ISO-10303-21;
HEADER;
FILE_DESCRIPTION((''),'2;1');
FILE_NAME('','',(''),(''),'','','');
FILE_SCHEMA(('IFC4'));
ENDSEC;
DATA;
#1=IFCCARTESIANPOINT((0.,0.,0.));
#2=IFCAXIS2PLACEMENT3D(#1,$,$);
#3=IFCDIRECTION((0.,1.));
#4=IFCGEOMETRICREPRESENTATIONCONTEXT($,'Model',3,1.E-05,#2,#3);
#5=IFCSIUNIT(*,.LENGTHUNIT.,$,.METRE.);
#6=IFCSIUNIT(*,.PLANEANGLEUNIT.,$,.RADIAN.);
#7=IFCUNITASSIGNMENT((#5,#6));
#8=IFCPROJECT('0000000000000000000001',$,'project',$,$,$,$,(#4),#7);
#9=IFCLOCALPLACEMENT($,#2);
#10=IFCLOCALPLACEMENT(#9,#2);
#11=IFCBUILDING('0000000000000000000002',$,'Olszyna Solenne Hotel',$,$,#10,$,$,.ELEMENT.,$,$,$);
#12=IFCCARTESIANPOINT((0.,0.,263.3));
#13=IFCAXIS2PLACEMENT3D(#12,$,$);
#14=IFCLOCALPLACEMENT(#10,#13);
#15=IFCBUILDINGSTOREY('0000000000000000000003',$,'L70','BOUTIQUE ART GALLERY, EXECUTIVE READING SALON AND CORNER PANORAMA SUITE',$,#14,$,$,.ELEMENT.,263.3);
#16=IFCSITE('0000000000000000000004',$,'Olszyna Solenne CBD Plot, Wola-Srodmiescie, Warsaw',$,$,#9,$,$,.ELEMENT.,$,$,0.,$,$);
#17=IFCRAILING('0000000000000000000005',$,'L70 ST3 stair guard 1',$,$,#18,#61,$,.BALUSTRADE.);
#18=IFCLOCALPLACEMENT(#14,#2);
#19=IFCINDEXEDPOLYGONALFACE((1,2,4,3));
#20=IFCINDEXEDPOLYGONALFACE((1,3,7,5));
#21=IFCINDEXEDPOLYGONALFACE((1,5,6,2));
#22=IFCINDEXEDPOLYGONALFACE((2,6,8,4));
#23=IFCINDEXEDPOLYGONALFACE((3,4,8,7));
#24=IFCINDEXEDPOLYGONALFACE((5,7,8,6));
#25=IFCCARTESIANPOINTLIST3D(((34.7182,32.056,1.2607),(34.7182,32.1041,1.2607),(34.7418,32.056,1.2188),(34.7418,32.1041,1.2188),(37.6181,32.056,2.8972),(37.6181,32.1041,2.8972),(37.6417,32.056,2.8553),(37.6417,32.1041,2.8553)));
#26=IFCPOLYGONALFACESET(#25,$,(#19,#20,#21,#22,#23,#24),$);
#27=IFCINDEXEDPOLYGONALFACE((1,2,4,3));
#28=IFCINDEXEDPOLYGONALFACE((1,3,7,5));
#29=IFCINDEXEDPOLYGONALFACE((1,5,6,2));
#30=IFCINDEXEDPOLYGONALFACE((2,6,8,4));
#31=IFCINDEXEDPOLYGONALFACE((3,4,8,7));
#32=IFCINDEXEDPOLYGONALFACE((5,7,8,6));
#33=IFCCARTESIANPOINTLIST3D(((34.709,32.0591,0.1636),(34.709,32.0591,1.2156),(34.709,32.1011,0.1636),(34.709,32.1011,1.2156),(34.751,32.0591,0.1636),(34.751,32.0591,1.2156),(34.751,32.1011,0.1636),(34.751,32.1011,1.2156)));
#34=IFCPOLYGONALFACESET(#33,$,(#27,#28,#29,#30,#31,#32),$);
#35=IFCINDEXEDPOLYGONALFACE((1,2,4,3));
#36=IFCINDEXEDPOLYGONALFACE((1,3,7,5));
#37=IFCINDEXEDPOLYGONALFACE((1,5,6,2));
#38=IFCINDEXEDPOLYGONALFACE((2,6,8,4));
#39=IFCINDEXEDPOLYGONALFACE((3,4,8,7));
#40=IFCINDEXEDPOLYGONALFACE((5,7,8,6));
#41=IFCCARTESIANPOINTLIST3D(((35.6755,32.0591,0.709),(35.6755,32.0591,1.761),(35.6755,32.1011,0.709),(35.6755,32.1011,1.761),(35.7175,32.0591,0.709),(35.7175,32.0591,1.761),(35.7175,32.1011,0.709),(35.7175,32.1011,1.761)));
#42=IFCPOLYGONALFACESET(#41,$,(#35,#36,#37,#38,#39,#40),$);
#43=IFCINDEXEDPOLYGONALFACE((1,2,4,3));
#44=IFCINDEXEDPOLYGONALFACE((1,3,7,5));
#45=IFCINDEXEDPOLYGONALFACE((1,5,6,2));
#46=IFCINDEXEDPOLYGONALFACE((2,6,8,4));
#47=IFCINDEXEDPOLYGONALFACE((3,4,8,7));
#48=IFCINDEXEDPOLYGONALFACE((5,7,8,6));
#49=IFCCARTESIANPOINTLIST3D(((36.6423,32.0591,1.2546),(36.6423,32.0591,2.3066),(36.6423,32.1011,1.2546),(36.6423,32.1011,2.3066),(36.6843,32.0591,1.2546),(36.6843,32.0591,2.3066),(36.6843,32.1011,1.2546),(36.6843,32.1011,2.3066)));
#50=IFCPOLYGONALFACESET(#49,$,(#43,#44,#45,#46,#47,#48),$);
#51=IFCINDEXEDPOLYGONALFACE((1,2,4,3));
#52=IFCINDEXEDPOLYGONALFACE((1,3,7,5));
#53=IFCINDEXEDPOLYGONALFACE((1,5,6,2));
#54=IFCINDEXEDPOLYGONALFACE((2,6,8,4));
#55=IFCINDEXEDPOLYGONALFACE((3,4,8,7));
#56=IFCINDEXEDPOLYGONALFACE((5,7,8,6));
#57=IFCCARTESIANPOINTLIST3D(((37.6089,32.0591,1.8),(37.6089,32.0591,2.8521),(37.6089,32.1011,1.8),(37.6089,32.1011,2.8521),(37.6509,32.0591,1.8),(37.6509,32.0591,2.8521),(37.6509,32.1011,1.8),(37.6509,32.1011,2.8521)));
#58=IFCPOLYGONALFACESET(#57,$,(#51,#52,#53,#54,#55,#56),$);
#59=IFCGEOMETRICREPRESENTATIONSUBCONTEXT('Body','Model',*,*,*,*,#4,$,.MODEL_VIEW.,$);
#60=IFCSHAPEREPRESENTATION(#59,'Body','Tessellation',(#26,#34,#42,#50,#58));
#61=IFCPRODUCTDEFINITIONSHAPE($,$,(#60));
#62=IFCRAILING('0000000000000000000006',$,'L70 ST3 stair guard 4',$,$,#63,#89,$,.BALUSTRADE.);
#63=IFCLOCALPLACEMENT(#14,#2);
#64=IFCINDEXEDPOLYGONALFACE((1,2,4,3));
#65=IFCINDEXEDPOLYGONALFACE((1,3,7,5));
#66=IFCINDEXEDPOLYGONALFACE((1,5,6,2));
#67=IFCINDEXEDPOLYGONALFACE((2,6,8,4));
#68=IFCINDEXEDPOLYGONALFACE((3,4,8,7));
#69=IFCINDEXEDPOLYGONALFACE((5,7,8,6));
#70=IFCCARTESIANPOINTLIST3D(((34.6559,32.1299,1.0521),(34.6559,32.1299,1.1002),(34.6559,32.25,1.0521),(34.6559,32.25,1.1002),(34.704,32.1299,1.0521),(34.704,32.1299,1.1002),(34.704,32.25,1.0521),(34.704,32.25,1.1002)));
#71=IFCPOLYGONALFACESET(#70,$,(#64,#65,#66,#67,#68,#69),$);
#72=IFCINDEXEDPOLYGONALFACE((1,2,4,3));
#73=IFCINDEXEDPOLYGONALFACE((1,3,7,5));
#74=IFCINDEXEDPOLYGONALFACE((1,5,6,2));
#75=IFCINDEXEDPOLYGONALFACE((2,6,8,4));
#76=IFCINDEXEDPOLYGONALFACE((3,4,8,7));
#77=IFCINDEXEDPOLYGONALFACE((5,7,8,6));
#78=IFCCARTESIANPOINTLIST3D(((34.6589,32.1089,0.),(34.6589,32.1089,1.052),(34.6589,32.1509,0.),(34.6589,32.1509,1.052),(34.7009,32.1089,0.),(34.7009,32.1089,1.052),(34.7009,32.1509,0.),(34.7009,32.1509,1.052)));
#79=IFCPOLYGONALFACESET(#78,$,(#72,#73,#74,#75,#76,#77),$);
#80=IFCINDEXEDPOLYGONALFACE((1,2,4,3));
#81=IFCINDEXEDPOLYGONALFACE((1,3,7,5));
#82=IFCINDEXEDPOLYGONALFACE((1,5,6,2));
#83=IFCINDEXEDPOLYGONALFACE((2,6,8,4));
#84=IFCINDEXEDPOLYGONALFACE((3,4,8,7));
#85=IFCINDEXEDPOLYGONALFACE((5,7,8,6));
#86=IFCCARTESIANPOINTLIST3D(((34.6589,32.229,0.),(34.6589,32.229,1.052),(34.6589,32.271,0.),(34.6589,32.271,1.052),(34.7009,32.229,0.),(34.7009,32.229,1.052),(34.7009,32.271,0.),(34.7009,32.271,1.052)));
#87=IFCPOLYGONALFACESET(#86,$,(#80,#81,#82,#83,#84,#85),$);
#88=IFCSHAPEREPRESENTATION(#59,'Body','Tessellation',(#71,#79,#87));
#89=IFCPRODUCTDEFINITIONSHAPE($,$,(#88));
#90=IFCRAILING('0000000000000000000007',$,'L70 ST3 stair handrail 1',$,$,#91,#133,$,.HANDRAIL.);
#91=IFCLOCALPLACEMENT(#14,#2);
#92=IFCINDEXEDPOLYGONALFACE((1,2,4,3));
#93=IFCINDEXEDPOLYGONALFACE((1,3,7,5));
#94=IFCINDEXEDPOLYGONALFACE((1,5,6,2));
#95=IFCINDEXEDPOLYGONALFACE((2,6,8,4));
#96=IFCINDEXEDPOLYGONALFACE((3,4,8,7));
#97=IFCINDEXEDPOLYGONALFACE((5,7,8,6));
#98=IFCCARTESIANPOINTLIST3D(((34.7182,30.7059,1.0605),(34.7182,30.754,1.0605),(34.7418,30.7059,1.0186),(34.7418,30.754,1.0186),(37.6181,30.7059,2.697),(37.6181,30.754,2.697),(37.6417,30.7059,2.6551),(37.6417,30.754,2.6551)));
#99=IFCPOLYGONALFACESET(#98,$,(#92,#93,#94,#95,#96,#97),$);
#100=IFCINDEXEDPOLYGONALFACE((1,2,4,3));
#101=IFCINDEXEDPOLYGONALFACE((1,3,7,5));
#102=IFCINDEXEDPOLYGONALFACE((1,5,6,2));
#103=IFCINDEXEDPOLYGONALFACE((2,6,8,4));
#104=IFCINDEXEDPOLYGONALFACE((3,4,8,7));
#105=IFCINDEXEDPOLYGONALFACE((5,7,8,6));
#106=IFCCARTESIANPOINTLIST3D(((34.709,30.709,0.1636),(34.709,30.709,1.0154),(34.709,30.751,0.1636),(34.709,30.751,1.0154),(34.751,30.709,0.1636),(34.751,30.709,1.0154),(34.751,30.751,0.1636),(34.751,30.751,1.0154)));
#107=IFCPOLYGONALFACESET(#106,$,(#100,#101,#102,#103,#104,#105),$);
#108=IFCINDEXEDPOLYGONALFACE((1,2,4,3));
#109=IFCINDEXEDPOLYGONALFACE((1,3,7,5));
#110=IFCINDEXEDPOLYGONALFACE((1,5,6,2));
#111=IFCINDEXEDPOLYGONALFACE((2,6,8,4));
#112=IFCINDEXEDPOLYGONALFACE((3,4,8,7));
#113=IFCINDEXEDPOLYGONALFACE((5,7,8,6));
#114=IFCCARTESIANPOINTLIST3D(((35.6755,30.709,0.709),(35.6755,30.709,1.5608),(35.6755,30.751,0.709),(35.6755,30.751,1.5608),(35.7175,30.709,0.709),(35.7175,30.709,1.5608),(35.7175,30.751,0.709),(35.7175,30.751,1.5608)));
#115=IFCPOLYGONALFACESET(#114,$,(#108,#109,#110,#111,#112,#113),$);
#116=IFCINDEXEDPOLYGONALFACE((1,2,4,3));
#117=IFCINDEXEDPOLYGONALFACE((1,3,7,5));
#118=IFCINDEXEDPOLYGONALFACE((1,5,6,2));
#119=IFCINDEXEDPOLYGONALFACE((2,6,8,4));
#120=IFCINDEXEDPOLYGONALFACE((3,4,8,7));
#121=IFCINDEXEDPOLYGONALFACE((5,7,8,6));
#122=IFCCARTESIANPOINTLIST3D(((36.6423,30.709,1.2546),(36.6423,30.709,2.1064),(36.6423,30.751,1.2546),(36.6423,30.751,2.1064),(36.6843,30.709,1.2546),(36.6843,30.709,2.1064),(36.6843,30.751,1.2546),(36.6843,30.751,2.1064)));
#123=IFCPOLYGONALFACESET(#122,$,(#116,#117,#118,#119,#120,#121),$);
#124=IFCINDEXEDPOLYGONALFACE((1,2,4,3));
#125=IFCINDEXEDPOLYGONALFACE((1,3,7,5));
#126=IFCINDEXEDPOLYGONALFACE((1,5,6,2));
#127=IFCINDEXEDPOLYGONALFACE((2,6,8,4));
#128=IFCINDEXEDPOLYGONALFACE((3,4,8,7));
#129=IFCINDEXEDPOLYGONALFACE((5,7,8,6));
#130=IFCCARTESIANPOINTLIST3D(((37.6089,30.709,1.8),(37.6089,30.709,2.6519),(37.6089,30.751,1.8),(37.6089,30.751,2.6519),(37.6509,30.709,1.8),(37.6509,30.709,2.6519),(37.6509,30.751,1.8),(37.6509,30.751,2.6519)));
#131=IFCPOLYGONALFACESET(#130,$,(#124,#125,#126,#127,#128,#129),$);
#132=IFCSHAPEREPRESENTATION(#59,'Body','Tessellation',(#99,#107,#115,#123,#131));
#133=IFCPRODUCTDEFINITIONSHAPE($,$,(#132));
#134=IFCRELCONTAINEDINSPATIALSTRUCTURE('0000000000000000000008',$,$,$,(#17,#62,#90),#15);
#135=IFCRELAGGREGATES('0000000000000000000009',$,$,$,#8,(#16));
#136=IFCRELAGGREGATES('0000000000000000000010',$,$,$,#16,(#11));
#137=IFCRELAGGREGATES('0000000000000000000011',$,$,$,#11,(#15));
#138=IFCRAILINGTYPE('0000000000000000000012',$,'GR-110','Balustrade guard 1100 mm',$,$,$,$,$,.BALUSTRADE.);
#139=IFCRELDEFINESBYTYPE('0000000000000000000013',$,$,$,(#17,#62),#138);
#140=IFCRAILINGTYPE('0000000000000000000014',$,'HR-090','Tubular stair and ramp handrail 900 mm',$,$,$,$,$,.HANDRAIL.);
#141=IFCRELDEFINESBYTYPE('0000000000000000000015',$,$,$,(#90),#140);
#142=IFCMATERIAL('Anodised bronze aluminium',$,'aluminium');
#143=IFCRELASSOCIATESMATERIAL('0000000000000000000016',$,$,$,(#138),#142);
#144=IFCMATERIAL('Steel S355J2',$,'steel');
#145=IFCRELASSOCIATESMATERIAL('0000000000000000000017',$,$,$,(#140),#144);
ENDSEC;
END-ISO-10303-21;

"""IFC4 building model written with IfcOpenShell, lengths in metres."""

from ifc_helpers import new_model, si_unit, direction, frame, origin, origin_2d, place, context, subcontext, project, spatial, rectangle, extrude, material, type_object, element, save


model = new_model("IFC4")

# Units and contexts
model_context = context("Model", 3, precision=1e-05, world=origin(), true_north=direction((0.0, 1.0)))
body_context = subcontext(model_context, "Body", "Model", "MODEL_VIEW")
ifc_project = project(units=[si_unit("LENGTHUNIT", "METRE"), si_unit("PLANEANGLEUNIT", "RADIAN")], contexts=[model_context])

# Site, building, storey
site_placement = place(None, origin())
site = spatial("IfcSite", under=ifc_project, at=site_placement, Name="Olszyna Solenne CBD Plot, Wola-Srodmiescie, Warsaw", CompositionType="ELEMENT", RefElevation=0.0)
building_placement = place(site_placement, origin())
building = spatial("IfcBuilding", under=site, at=building_placement, Name="Olszyna Solenne Hotel", CompositionType="ELEMENT")
storey_placement = place(building_placement, frame((0.0, 0.0, 263.3)))
storey = spatial("IfcBuildingStorey", under=building, at=storey_placement, Name="L70", Description="BOUTIQUE ART GALLERY, EXECUTIVE READING SALON AND CORNER PANORAMA SUITE", CompositionType="ELEMENT", Elevation=263.3)

# Shared definitions
ifc_material_1 = material(Name="Steel S355J2", Category="steel")

# Shared definitions
ifc_material_2 = material(Name="Anodised bronze aluminium", Category="aluminium")

# Railings
railing_type_1 = type_object("IfcRailingType", Name="GR-110", Description="Balustrade guard 1100 mm", PredefinedType="BALUSTRADE", material=ifc_material_2)
railing_1_placement = place(storey_placement, frame((34.73, 32.0801, 0.1636)))
element("IfcRailing", 1, at=railing_1_placement, inside=storey, type_object=railing_type_1, Name="L70 ST3 stair guard 1", PredefinedType="BALUSTRADE", context=body_context, shape_type="SweptSolid", body=[
    extrude(rectangle(XDim=0.0481, YDim=0.0481, at=origin_2d()), frame((0.0, 0.0, 1.0762), z_axis=(0.870897, 0.0, 0.491465), x_axis=(0.0, 1.0, 0.0)), (0.0, 0.0, 1.0), 3.3298),
    extrude(rectangle(XDim=0.042, YDim=0.042, at=origin_2d()), origin(), (0.0, 0.0, 1.0), 1.052),
    extrude(rectangle(XDim=0.042, YDim=0.042, at=origin_2d()), frame((0.9666, 0.0, 0.5454)), (0.0, 0.0, 1.0), 1.052),
    extrude(rectangle(XDim=0.042, YDim=0.042, at=origin_2d()), frame((1.9333, 0.0, 1.0911)), (0.0, 0.0, 1.0), 1.052),
    extrude(rectangle(XDim=0.042, YDim=0.042, at=origin_2d()), frame((2.8999, 0.0, 1.6365)), (0.0, 0.0, 1.0), 1.052),
])
railing_2_placement = place(storey_placement, frame((34.6799, 32.1299, 0.0)))
element("IfcRailing", 2, at=railing_2_placement, inside=storey, type_object=railing_type_1, Name="L70 ST3 stair guard 4", PredefinedType="BALUSTRADE", context=body_context, shape_type="SweptSolid", body=[
    extrude(rectangle(XDim=0.0481, YDim=0.0481, at=origin_2d()), frame((0.0, 0.0, 1.0762), z_axis=(0.0, 1.0, 0.0), x_axis=(-1.0, 0.0, 0.0)), (0.0, 0.0, 1.0), 0.1201),
    extrude(rectangle(XDim=0.042, YDim=0.042, at=origin_2d()), origin(), (0.0, 0.0, 1.0), 1.052),
    extrude(rectangle(XDim=0.042, YDim=0.042, at=origin_2d()), frame((0.0, 0.1201, 0.0)), (0.0, 0.0, 1.0), 1.052),
])
railing_type_2 = type_object("IfcRailingType", Name="HR-090", Description="Tubular stair and ramp handrail 900 mm", PredefinedType="HANDRAIL", material=ifc_material_1)
railing_3_placement = place(storey_placement, frame((34.73, 30.73, 0.1636)))
element("IfcRailing", 3, at=railing_3_placement, inside=storey, type_object=railing_type_2, Name="L70 ST3 stair handrail 1", PredefinedType="HANDRAIL", context=body_context, shape_type="SweptSolid", body=[
    extrude(rectangle(XDim=0.0481, YDim=0.0481, at=origin_2d()), frame((0.0, 0.0, 0.876), z_axis=(0.870897, 0.0, 0.491465), x_axis=(0.0, 1.0, 0.0)), (0.0, 0.0, 1.0), 3.3298),
    extrude(rectangle(XDim=0.042, YDim=0.042, at=origin_2d()), origin(), (0.0, 0.0, 1.0), 0.8518),
    extrude(rectangle(XDim=0.042, YDim=0.042, at=origin_2d()), frame((0.9666, 0.0, 0.5454)), (0.0, 0.0, 1.0), 0.8518),
    extrude(rectangle(XDim=0.042, YDim=0.042, at=origin_2d()), frame((1.9333, 0.0, 1.0911)), (0.0, 0.0, 1.0), 0.8518),
    extrude(rectangle(XDim=0.042, YDim=0.042, at=origin_2d()), frame((2.8999, 0.0, 1.6365)), (0.0, 0.0, 1.0), 0.8518),
])

save(model, "model.ifc")
